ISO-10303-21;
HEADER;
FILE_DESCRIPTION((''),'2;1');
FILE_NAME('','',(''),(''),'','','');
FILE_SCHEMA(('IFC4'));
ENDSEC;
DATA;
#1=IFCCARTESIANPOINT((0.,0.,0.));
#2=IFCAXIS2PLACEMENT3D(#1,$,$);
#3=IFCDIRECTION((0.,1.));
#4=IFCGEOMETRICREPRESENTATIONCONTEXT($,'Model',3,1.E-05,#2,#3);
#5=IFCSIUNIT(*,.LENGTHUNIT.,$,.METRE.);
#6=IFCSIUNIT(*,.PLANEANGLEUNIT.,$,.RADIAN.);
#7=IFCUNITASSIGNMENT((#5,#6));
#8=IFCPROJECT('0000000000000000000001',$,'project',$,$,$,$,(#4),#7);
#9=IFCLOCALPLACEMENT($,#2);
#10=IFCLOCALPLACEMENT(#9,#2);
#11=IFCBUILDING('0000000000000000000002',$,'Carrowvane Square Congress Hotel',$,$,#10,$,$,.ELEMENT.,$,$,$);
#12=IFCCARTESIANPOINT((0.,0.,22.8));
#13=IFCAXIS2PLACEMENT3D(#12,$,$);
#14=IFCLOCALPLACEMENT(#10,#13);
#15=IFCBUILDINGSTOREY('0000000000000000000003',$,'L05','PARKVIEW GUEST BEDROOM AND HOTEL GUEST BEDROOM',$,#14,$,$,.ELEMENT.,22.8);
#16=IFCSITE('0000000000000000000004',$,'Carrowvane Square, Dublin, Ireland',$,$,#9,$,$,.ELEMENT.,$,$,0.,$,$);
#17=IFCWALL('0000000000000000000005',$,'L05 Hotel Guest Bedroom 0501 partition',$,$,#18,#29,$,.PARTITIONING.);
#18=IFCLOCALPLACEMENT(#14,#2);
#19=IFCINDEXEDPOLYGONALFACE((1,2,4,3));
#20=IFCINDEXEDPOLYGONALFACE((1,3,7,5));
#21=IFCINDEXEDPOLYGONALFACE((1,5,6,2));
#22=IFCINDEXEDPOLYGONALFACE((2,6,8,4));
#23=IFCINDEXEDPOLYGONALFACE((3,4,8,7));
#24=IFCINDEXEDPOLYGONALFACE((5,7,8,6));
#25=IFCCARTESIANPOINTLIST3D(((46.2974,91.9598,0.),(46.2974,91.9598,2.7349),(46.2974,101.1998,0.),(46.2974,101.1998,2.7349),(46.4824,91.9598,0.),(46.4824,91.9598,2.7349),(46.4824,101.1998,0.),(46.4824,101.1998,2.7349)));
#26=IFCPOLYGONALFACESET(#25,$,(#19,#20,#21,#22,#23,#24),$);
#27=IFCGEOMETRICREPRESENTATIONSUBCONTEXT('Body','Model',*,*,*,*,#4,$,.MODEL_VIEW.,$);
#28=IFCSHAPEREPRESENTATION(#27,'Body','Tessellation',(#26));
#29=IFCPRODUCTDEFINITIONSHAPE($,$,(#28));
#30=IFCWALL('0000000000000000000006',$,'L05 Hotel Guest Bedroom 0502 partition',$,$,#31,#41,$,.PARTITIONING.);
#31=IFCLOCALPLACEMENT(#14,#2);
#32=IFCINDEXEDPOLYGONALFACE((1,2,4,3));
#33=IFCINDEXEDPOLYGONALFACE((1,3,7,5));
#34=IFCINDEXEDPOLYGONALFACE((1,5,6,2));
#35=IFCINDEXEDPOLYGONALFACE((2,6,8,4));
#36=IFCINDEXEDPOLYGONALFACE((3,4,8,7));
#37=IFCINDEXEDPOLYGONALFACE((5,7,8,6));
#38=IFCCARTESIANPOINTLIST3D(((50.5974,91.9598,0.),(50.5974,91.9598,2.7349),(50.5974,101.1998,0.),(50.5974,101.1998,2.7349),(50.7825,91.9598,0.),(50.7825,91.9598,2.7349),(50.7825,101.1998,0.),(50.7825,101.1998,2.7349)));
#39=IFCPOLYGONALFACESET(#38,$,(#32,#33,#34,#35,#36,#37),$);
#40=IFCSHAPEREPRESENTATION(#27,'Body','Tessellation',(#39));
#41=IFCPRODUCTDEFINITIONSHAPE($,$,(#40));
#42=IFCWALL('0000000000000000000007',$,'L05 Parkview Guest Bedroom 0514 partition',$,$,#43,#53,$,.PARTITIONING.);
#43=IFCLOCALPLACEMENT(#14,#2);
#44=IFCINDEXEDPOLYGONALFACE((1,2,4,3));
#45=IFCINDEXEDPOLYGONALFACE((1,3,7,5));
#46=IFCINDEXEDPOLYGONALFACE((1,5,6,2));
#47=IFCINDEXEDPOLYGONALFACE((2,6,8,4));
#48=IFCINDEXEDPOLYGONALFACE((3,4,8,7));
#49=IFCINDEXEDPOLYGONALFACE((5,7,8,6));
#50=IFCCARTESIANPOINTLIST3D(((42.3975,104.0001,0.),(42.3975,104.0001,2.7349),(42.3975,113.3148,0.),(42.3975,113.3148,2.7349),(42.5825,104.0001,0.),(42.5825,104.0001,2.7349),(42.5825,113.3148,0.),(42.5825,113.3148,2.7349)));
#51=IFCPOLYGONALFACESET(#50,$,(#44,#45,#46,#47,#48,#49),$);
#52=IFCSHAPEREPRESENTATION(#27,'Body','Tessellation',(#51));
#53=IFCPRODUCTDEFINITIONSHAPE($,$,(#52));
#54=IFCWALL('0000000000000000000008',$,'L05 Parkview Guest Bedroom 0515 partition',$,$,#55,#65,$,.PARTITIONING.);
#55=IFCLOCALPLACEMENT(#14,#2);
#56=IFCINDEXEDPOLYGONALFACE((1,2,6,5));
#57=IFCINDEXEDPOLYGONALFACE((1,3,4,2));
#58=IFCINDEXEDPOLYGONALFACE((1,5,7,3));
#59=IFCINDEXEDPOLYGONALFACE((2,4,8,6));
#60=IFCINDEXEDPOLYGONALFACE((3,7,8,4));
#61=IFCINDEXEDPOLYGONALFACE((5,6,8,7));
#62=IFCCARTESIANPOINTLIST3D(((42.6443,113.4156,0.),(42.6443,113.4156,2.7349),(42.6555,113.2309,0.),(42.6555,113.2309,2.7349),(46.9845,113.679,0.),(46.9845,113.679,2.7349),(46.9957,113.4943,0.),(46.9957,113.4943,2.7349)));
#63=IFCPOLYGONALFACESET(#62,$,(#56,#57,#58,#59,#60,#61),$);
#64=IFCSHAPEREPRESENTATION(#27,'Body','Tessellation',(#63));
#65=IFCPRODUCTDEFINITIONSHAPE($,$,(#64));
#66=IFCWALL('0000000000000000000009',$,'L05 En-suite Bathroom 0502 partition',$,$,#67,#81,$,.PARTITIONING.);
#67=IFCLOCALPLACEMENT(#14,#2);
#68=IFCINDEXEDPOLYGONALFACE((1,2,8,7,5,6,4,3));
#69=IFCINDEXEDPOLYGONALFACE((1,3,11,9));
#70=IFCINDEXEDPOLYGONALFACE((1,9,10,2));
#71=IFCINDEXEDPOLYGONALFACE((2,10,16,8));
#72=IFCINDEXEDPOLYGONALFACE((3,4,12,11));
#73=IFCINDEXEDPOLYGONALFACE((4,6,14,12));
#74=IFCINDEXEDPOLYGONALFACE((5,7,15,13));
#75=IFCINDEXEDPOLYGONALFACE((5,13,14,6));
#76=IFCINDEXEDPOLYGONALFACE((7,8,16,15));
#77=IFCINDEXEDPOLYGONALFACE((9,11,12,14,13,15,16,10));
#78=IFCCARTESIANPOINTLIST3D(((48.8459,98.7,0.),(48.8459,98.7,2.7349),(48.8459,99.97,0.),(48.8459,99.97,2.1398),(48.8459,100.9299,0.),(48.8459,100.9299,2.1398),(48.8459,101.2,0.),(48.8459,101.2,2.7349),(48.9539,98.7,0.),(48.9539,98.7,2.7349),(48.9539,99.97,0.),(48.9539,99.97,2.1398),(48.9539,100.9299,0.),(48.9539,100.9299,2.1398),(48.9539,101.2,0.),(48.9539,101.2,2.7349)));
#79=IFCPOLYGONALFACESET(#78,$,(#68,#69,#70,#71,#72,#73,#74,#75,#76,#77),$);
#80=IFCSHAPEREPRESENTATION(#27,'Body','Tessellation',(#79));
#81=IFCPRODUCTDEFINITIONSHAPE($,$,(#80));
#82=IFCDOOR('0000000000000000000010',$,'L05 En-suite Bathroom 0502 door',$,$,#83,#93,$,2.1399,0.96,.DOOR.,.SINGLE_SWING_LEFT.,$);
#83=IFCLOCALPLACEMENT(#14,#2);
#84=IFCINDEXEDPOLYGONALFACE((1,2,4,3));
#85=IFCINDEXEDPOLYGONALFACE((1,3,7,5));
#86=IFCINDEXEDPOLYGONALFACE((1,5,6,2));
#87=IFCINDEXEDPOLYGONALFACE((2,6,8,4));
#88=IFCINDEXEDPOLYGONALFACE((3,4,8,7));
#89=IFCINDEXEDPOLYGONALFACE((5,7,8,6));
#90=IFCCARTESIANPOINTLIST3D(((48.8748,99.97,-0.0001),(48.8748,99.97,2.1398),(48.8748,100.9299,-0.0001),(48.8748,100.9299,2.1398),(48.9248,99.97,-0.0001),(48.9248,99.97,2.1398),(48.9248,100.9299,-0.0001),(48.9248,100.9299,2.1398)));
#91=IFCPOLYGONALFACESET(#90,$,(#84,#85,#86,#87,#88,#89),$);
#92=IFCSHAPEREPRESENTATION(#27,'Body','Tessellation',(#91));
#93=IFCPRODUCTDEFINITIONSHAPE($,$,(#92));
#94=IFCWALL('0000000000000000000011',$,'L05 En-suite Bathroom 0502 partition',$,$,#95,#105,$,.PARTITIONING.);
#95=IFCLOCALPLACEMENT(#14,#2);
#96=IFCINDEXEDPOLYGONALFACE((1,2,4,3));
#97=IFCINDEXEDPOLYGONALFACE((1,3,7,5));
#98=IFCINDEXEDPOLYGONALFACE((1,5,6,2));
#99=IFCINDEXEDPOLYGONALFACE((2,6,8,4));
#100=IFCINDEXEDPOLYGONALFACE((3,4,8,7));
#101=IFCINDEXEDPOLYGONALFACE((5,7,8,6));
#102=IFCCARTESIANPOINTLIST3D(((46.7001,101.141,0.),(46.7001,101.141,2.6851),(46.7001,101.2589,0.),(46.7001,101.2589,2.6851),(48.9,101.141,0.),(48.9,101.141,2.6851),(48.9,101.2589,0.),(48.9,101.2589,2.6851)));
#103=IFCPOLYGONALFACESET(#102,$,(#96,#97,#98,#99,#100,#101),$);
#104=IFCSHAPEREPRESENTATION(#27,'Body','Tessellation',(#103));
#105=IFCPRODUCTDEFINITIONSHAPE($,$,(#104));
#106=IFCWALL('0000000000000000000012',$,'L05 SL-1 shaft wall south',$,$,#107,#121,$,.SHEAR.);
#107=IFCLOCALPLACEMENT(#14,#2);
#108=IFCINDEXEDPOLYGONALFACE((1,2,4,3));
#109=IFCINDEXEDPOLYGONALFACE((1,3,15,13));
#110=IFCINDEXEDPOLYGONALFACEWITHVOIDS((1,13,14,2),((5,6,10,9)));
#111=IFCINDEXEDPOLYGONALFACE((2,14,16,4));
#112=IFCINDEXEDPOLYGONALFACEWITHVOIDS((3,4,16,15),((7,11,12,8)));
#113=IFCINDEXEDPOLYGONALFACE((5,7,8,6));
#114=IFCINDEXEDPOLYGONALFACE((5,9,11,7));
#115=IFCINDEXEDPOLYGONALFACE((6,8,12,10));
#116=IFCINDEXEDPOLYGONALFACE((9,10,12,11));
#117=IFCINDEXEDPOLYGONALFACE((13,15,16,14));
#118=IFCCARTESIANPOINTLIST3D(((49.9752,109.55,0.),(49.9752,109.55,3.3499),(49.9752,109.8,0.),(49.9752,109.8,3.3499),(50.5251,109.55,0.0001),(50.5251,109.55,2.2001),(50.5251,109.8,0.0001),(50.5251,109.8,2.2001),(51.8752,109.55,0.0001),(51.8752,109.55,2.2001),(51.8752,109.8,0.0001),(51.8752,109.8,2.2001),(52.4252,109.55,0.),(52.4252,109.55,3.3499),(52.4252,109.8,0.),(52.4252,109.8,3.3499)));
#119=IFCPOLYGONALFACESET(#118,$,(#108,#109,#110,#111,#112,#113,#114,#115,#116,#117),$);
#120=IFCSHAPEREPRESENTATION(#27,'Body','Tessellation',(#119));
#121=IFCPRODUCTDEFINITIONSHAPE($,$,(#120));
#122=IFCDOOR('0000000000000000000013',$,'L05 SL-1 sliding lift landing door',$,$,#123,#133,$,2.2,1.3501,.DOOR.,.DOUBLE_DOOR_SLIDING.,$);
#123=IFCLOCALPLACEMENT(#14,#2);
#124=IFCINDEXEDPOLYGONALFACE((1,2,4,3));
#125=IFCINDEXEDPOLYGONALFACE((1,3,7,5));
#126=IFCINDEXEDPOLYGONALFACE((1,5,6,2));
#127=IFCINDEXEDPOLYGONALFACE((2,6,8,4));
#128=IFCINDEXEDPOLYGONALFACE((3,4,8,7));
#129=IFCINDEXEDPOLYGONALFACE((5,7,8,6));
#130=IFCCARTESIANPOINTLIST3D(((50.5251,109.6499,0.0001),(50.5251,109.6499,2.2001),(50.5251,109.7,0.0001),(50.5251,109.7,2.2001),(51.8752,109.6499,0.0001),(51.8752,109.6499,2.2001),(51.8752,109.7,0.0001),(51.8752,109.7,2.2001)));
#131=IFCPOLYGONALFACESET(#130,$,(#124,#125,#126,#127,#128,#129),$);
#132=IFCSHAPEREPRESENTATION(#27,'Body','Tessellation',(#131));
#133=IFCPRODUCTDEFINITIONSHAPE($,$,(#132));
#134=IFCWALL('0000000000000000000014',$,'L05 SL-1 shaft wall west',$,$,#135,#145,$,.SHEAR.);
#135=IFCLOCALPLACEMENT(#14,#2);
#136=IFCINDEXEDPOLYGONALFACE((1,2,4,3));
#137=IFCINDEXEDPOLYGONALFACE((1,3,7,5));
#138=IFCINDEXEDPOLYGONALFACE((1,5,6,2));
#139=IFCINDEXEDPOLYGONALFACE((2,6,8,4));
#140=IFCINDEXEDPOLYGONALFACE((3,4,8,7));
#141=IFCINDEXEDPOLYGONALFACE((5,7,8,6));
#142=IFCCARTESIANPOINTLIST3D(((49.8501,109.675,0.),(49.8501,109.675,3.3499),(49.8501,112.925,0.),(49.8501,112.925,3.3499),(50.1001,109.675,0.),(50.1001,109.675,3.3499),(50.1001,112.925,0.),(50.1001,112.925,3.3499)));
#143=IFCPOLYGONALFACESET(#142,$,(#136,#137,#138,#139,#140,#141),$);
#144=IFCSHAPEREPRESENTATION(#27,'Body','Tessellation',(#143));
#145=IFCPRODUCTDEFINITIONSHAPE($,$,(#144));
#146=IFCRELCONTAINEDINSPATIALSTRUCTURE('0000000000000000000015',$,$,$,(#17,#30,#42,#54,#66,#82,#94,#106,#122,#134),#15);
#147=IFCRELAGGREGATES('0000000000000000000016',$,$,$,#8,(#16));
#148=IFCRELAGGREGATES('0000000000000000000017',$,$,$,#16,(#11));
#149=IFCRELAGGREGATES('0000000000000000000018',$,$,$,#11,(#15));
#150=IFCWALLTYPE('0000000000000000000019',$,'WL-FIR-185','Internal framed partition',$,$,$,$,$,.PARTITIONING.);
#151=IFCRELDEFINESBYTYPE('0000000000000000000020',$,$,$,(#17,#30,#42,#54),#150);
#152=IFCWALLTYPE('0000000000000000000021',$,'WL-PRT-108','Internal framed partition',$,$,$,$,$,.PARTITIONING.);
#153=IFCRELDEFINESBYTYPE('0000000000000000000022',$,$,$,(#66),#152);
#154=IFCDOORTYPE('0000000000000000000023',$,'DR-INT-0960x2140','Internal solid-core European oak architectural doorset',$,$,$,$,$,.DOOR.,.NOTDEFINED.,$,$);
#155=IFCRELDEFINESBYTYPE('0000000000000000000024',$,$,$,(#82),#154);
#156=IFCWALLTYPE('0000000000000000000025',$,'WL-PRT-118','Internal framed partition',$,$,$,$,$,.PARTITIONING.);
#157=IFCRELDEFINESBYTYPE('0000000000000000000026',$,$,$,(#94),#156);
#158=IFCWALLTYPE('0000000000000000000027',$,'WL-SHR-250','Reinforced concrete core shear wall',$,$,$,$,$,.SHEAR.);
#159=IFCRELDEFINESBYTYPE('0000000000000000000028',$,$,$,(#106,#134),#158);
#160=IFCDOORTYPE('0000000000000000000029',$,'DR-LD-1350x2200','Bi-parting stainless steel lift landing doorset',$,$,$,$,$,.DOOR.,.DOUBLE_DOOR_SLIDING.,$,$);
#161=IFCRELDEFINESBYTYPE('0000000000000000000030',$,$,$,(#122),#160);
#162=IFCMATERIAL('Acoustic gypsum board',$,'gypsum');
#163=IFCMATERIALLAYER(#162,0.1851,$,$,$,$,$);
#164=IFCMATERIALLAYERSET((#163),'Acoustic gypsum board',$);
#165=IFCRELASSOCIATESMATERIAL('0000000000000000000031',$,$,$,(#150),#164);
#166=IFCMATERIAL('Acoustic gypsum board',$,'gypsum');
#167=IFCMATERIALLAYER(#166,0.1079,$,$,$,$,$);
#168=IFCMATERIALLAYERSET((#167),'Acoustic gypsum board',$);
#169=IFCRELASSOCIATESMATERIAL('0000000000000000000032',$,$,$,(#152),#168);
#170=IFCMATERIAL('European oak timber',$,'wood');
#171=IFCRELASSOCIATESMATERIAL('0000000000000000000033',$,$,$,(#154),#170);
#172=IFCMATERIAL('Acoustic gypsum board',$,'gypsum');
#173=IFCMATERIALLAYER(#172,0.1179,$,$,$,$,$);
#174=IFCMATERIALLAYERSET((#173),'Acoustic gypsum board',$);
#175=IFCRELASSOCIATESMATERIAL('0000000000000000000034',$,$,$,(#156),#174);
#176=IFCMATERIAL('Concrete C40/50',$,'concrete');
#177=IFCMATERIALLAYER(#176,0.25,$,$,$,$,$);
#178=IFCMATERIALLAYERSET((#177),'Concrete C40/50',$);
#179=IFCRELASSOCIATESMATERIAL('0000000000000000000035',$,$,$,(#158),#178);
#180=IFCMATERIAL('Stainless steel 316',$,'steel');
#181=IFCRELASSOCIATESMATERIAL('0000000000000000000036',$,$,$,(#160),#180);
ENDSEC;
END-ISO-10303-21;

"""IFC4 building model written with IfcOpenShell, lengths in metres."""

from ifc_helpers import new_model, si_unit, direction, frame, frame_2d, origin, place, context, subcontext, project, spatial, rectangle, extrude, material, layer, layer_set, type_object, element, fill, save


model = new_model("IFC4")

# Units and contexts
model_context = context("Model", 3, precision=1e-05, world=origin(), true_north=direction((0.0, 1.0)))
body_context = subcontext(model_context, "Body", "Model", "MODEL_VIEW")
ifc_project = project(units=[si_unit("LENGTHUNIT", "METRE"), si_unit("PLANEANGLEUNIT", "RADIAN")], contexts=[model_context])

# Site, building, storey
site_placement = place(None, origin())
site = spatial("IfcSite", under=ifc_project, at=site_placement, Name="Carrowvane Square, Dublin, Ireland", CompositionType="ELEMENT", RefElevation=0.0)
building_placement = place(site_placement, origin())
building = spatial("IfcBuilding", under=site, at=building_placement, Name="Carrowvane Square Congress Hotel", CompositionType="ELEMENT")
storey_placement = place(building_placement, frame((0.0, 0.0, 22.8)))
storey = spatial("IfcBuildingStorey", under=building, at=storey_placement, Name="L05", Description="PARKVIEW GUEST BEDROOM AND HOTEL GUEST BEDROOM", CompositionType="ELEMENT", Elevation=22.8)

# Walls
ifc_material_1 = material(Name="Acoustic gypsum board", Category="gypsum")
ifc_layer_1 = layer(ifc_material_1, 0.1851)
ifc_layer_set_1 = layer_set([ifc_layer_1], Name="Acoustic gypsum board")
wall_type_1 = type_object("IfcWallType", Name="WL-FIR-185", Description="Internal framed partition", PredefinedType="PARTITIONING", material=ifc_layer_set_1)
for number, where, z_axis, x_axis, name in (
    (1, (46.3899, 101.2, 0.0), (0.0, 0.0, 1.0), (0.0, -1.0, 0.0), "L05 Hotel Guest Bedroom 0501 partition"),
    (2, (50.6899, 101.2, 0.0), (0.0, 0.0, 1.0), (0.0, -1.0, 0.0), "L05 Hotel Guest Bedroom 0502 partition"),
):
    element("IfcWall", number, at=place(storey_placement, frame(where, z_axis=z_axis, x_axis=x_axis)), inside=storey, type_object=wall_type_1, Name=name, PredefinedType="PARTITIONING", context=body_context, shape_type="SweptSolid", body=[
        extrude(rectangle(XDim=9.24, YDim=0.1851, at=frame_2d((4.6201, 0.0))), origin(), (0.0, 0.0, 1.0), 2.7349),
    ])
wall_1_placement = place(storey_placement, frame((42.49, 113.3147, 0.0), z_axis=(0.0, 0.0, 1.0), x_axis=(0.0, -1.0, 0.0)))
element("IfcWall", 3, at=wall_1_placement, inside=storey, type_object=wall_type_1, Name="L05 Parkview Guest Bedroom 0514 partition", PredefinedType="PARTITIONING", context=body_context, shape_type="SweptSolid", body=[
    extrude(rectangle(XDim=9.3147, YDim=0.1851, at=frame_2d((4.6572, 0.0))), origin(), (0.0, 0.0, 1.0), 2.7349),
])

# Wall
wall_2_placement = place(storey_placement, frame((42.6499, 113.3232, 0.0), z_axis=(0.0, 0.0, 1.0), x_axis=(0.998163, 0.060585, 0.0)))
element("IfcWall", 4, at=wall_2_placement, inside=storey, type_object=wall_type_1, Name="L05 Parkview Guest Bedroom 0515 partition", PredefinedType="PARTITIONING", context=body_context, shape_type="SweptSolid", body=[
    extrude(rectangle(XDim=4.3481, YDim=0.1851, at=frame_2d((2.1741, 0.0))), origin(), (0.0, 0.0, 1.0), 2.7349),
])

# Wall, opening, door
ifc_material_2 = material(Name="Acoustic gypsum board", Category="gypsum")
ifc_layer_2 = layer(ifc_material_2, 0.1079)
ifc_layer_set_2 = layer_set([ifc_layer_2], Name="Acoustic gypsum board")
wall_type_2 = type_object("IfcWallType", Name="WL-PRT-108", Description="Internal framed partition", PredefinedType="PARTITIONING", material=ifc_layer_set_2)
wall_3_placement = place(storey_placement, frame((48.8999, 101.2, 0.0), z_axis=(0.0, 0.0, 1.0), x_axis=(0.0, -1.0, 0.0)))
wall_3 = element("IfcWall", 5, at=wall_3_placement, inside=storey, type_object=wall_type_2, Name="L05 En-suite Bathroom 0502 partition", PredefinedType="PARTITIONING", context=body_context, shape_type="SweptSolid", body=[
    extrude(rectangle(XDim=2.5, YDim=0.1079, at=frame_2d((1.25, 0.0))), origin(), (0.0, 0.0, 1.0), 2.7349),
])
opening_1_placement = place(wall_3_placement, frame((0.27, 0.0, 0.0)))
opening_1 = element("IfcOpeningElement", 6, at=opening_1_placement, cuts=wall_3, PredefinedType="OPENING", context=body_context, shape_type="SweptSolid", body=[
    extrude(rectangle(XDim=0.96, YDim=2.1399, at=frame_2d((0.48, 1.0698))), frame((0.0, 0.064, 0.0), z_axis=(0.0, -1.0, 0.0), x_axis=(1.0, 0.0, 0.0)), (0.0, 0.0, 1.0), 0.1279),
])
ifc_material_3 = material(Name="European oak timber", Category="wood")
door_type_1 = type_object("IfcDoorType", Name="DR-INT-0960x2140", Description="Internal solid-core European oak architectural doorset", OperationType="NOTDEFINED", PredefinedType="DOOR", material=ifc_material_3)
door_1_placement = place(opening_1_placement, origin())
door_1 = element("IfcDoor", 7, at=door_1_placement, inside=storey, type_object=door_type_1, Name="L05 En-suite Bathroom 0502 door", OperationType="SINGLE_SWING_LEFT", OverallHeight=2.1399, OverallWidth=0.96, PredefinedType="DOOR", context=body_context, shape_type="SweptSolid", body=[
    extrude(rectangle(XDim=0.96, YDim=2.1399, at=frame_2d((0.48, 1.0698))), frame((0.0, 0.0249, 0.0), z_axis=(0.0, -1.0, 0.0), x_axis=(1.0, 0.0, 0.0)), (0.0, 0.0, 1.0), 0.05),
])
fill(opening_1, door_1)

# Wall
ifc_material_4 = material(Name="Acoustic gypsum board", Category="gypsum")
ifc_layer_3 = layer(ifc_material_4, 0.1179)
ifc_layer_set_3 = layer_set([ifc_layer_3], Name="Acoustic gypsum board")
wall_type_3 = type_object("IfcWallType", Name="WL-PRT-118", Description="Internal framed partition", PredefinedType="PARTITIONING", material=ifc_layer_set_3)
wall_4_placement = place(storey_placement, frame((46.7, 101.2, 0.0), z_axis=(0.0, 0.0, 1.0), x_axis=(1.0, 0.0, 0.0)))
element("IfcWall", 8, at=wall_4_placement, inside=storey, type_object=wall_type_3, Name="L05 En-suite Bathroom 0502 partition", PredefinedType="PARTITIONING", context=body_context, shape_type="SweptSolid", body=[
    extrude(rectangle(XDim=2.2, YDim=0.1179, at=frame_2d((1.1001, 0.0))), origin(), (0.0, 0.0, 1.0), 2.6851),
])

# Wall, opening, door
ifc_material_5 = material(Name="Concrete C40/50", Category="concrete")
ifc_layer_4 = layer(ifc_material_5, 0.25)
ifc_layer_set_4 = layer_set([ifc_layer_4], Name="Concrete C40/50")
wall_type_4 = type_object("IfcWallType", Name="WL-SHR-250", Description="Reinforced concrete core shear wall", PredefinedType="SHEAR", material=ifc_layer_set_4)
wall_5_placement = place(storey_placement, frame((49.9751, 109.675, 0.0), z_axis=(0.0, 0.0, 1.0), x_axis=(1.0, 0.0, 0.0)))
wall_5 = element("IfcWall", 9, at=wall_5_placement, inside=storey, type_object=wall_type_4, Name="L05 SL-1 shaft wall south", PredefinedType="SHEAR", context=body_context, shape_type="SweptSolid", body=[
    extrude(rectangle(XDim=2.45, YDim=0.25, at=frame_2d((1.2251, 0.0))), origin(), (0.0, 0.0, 1.0), 3.3499),
])
opening_2_placement = place(wall_5_placement, frame((0.55, 0.0, 0.0)))
opening_2 = element("IfcOpeningElement", 10, at=opening_2_placement, cuts=wall_5, PredefinedType="OPENING", context=body_context, shape_type="SweptSolid", body=[
    extrude(rectangle(XDim=1.3501, YDim=2.2, at=frame_2d((0.675, 1.1001))), frame((0.0, 0.135, 0.0), z_axis=(0.0, -1.0, 0.0), x_axis=(1.0, 0.0, 0.0)), (0.0, 0.0, 1.0), 0.27),
])
ifc_material_6 = material(Name="Stainless steel 316", Category="steel")
door_type_2 = type_object("IfcDoorType", Name="DR-LD-1350x2200", Description="Bi-parting stainless steel lift landing doorset", OperationType="DOUBLE_DOOR_SLIDING", PredefinedType="DOOR", material=ifc_material_6)
door_2_placement = place(opening_2_placement, origin())
door_2 = element("IfcDoor", 11, at=door_2_placement, inside=storey, type_object=door_type_2, Name="L05 SL-1 sliding lift landing door", OperationType="DOUBLE_DOOR_SLIDING", OverallHeight=2.2, OverallWidth=1.3501, PredefinedType="DOOR", context=body_context, shape_type="SweptSolid", body=[
    extrude(rectangle(XDim=1.3501, YDim=2.2, at=frame_2d((0.675, 1.1001))), frame((0.0, 0.0249, 0.0), z_axis=(0.0, -1.0, 0.0), x_axis=(1.0, 0.0, 0.0)), (0.0, 0.0, 1.0), 0.05),
])
fill(opening_2, door_2)

# Wall
wall_6_placement = place(storey_placement, frame((49.9751, 112.925, 0.0), z_axis=(0.0, 0.0, 1.0), x_axis=(0.0, -1.0, 0.0)))
element("IfcWall", 12, at=wall_6_placement, inside=storey, type_object=wall_type_4, Name="L05 SL-1 shaft wall west", PredefinedType="SHEAR", context=body_context, shape_type="SweptSolid", body=[
    extrude(rectangle(XDim=3.25, YDim=0.25, at=frame_2d((1.625, 0.0))), origin(), (0.0, 0.0, 1.0), 3.3499),
])

save(model, "model.ifc")
